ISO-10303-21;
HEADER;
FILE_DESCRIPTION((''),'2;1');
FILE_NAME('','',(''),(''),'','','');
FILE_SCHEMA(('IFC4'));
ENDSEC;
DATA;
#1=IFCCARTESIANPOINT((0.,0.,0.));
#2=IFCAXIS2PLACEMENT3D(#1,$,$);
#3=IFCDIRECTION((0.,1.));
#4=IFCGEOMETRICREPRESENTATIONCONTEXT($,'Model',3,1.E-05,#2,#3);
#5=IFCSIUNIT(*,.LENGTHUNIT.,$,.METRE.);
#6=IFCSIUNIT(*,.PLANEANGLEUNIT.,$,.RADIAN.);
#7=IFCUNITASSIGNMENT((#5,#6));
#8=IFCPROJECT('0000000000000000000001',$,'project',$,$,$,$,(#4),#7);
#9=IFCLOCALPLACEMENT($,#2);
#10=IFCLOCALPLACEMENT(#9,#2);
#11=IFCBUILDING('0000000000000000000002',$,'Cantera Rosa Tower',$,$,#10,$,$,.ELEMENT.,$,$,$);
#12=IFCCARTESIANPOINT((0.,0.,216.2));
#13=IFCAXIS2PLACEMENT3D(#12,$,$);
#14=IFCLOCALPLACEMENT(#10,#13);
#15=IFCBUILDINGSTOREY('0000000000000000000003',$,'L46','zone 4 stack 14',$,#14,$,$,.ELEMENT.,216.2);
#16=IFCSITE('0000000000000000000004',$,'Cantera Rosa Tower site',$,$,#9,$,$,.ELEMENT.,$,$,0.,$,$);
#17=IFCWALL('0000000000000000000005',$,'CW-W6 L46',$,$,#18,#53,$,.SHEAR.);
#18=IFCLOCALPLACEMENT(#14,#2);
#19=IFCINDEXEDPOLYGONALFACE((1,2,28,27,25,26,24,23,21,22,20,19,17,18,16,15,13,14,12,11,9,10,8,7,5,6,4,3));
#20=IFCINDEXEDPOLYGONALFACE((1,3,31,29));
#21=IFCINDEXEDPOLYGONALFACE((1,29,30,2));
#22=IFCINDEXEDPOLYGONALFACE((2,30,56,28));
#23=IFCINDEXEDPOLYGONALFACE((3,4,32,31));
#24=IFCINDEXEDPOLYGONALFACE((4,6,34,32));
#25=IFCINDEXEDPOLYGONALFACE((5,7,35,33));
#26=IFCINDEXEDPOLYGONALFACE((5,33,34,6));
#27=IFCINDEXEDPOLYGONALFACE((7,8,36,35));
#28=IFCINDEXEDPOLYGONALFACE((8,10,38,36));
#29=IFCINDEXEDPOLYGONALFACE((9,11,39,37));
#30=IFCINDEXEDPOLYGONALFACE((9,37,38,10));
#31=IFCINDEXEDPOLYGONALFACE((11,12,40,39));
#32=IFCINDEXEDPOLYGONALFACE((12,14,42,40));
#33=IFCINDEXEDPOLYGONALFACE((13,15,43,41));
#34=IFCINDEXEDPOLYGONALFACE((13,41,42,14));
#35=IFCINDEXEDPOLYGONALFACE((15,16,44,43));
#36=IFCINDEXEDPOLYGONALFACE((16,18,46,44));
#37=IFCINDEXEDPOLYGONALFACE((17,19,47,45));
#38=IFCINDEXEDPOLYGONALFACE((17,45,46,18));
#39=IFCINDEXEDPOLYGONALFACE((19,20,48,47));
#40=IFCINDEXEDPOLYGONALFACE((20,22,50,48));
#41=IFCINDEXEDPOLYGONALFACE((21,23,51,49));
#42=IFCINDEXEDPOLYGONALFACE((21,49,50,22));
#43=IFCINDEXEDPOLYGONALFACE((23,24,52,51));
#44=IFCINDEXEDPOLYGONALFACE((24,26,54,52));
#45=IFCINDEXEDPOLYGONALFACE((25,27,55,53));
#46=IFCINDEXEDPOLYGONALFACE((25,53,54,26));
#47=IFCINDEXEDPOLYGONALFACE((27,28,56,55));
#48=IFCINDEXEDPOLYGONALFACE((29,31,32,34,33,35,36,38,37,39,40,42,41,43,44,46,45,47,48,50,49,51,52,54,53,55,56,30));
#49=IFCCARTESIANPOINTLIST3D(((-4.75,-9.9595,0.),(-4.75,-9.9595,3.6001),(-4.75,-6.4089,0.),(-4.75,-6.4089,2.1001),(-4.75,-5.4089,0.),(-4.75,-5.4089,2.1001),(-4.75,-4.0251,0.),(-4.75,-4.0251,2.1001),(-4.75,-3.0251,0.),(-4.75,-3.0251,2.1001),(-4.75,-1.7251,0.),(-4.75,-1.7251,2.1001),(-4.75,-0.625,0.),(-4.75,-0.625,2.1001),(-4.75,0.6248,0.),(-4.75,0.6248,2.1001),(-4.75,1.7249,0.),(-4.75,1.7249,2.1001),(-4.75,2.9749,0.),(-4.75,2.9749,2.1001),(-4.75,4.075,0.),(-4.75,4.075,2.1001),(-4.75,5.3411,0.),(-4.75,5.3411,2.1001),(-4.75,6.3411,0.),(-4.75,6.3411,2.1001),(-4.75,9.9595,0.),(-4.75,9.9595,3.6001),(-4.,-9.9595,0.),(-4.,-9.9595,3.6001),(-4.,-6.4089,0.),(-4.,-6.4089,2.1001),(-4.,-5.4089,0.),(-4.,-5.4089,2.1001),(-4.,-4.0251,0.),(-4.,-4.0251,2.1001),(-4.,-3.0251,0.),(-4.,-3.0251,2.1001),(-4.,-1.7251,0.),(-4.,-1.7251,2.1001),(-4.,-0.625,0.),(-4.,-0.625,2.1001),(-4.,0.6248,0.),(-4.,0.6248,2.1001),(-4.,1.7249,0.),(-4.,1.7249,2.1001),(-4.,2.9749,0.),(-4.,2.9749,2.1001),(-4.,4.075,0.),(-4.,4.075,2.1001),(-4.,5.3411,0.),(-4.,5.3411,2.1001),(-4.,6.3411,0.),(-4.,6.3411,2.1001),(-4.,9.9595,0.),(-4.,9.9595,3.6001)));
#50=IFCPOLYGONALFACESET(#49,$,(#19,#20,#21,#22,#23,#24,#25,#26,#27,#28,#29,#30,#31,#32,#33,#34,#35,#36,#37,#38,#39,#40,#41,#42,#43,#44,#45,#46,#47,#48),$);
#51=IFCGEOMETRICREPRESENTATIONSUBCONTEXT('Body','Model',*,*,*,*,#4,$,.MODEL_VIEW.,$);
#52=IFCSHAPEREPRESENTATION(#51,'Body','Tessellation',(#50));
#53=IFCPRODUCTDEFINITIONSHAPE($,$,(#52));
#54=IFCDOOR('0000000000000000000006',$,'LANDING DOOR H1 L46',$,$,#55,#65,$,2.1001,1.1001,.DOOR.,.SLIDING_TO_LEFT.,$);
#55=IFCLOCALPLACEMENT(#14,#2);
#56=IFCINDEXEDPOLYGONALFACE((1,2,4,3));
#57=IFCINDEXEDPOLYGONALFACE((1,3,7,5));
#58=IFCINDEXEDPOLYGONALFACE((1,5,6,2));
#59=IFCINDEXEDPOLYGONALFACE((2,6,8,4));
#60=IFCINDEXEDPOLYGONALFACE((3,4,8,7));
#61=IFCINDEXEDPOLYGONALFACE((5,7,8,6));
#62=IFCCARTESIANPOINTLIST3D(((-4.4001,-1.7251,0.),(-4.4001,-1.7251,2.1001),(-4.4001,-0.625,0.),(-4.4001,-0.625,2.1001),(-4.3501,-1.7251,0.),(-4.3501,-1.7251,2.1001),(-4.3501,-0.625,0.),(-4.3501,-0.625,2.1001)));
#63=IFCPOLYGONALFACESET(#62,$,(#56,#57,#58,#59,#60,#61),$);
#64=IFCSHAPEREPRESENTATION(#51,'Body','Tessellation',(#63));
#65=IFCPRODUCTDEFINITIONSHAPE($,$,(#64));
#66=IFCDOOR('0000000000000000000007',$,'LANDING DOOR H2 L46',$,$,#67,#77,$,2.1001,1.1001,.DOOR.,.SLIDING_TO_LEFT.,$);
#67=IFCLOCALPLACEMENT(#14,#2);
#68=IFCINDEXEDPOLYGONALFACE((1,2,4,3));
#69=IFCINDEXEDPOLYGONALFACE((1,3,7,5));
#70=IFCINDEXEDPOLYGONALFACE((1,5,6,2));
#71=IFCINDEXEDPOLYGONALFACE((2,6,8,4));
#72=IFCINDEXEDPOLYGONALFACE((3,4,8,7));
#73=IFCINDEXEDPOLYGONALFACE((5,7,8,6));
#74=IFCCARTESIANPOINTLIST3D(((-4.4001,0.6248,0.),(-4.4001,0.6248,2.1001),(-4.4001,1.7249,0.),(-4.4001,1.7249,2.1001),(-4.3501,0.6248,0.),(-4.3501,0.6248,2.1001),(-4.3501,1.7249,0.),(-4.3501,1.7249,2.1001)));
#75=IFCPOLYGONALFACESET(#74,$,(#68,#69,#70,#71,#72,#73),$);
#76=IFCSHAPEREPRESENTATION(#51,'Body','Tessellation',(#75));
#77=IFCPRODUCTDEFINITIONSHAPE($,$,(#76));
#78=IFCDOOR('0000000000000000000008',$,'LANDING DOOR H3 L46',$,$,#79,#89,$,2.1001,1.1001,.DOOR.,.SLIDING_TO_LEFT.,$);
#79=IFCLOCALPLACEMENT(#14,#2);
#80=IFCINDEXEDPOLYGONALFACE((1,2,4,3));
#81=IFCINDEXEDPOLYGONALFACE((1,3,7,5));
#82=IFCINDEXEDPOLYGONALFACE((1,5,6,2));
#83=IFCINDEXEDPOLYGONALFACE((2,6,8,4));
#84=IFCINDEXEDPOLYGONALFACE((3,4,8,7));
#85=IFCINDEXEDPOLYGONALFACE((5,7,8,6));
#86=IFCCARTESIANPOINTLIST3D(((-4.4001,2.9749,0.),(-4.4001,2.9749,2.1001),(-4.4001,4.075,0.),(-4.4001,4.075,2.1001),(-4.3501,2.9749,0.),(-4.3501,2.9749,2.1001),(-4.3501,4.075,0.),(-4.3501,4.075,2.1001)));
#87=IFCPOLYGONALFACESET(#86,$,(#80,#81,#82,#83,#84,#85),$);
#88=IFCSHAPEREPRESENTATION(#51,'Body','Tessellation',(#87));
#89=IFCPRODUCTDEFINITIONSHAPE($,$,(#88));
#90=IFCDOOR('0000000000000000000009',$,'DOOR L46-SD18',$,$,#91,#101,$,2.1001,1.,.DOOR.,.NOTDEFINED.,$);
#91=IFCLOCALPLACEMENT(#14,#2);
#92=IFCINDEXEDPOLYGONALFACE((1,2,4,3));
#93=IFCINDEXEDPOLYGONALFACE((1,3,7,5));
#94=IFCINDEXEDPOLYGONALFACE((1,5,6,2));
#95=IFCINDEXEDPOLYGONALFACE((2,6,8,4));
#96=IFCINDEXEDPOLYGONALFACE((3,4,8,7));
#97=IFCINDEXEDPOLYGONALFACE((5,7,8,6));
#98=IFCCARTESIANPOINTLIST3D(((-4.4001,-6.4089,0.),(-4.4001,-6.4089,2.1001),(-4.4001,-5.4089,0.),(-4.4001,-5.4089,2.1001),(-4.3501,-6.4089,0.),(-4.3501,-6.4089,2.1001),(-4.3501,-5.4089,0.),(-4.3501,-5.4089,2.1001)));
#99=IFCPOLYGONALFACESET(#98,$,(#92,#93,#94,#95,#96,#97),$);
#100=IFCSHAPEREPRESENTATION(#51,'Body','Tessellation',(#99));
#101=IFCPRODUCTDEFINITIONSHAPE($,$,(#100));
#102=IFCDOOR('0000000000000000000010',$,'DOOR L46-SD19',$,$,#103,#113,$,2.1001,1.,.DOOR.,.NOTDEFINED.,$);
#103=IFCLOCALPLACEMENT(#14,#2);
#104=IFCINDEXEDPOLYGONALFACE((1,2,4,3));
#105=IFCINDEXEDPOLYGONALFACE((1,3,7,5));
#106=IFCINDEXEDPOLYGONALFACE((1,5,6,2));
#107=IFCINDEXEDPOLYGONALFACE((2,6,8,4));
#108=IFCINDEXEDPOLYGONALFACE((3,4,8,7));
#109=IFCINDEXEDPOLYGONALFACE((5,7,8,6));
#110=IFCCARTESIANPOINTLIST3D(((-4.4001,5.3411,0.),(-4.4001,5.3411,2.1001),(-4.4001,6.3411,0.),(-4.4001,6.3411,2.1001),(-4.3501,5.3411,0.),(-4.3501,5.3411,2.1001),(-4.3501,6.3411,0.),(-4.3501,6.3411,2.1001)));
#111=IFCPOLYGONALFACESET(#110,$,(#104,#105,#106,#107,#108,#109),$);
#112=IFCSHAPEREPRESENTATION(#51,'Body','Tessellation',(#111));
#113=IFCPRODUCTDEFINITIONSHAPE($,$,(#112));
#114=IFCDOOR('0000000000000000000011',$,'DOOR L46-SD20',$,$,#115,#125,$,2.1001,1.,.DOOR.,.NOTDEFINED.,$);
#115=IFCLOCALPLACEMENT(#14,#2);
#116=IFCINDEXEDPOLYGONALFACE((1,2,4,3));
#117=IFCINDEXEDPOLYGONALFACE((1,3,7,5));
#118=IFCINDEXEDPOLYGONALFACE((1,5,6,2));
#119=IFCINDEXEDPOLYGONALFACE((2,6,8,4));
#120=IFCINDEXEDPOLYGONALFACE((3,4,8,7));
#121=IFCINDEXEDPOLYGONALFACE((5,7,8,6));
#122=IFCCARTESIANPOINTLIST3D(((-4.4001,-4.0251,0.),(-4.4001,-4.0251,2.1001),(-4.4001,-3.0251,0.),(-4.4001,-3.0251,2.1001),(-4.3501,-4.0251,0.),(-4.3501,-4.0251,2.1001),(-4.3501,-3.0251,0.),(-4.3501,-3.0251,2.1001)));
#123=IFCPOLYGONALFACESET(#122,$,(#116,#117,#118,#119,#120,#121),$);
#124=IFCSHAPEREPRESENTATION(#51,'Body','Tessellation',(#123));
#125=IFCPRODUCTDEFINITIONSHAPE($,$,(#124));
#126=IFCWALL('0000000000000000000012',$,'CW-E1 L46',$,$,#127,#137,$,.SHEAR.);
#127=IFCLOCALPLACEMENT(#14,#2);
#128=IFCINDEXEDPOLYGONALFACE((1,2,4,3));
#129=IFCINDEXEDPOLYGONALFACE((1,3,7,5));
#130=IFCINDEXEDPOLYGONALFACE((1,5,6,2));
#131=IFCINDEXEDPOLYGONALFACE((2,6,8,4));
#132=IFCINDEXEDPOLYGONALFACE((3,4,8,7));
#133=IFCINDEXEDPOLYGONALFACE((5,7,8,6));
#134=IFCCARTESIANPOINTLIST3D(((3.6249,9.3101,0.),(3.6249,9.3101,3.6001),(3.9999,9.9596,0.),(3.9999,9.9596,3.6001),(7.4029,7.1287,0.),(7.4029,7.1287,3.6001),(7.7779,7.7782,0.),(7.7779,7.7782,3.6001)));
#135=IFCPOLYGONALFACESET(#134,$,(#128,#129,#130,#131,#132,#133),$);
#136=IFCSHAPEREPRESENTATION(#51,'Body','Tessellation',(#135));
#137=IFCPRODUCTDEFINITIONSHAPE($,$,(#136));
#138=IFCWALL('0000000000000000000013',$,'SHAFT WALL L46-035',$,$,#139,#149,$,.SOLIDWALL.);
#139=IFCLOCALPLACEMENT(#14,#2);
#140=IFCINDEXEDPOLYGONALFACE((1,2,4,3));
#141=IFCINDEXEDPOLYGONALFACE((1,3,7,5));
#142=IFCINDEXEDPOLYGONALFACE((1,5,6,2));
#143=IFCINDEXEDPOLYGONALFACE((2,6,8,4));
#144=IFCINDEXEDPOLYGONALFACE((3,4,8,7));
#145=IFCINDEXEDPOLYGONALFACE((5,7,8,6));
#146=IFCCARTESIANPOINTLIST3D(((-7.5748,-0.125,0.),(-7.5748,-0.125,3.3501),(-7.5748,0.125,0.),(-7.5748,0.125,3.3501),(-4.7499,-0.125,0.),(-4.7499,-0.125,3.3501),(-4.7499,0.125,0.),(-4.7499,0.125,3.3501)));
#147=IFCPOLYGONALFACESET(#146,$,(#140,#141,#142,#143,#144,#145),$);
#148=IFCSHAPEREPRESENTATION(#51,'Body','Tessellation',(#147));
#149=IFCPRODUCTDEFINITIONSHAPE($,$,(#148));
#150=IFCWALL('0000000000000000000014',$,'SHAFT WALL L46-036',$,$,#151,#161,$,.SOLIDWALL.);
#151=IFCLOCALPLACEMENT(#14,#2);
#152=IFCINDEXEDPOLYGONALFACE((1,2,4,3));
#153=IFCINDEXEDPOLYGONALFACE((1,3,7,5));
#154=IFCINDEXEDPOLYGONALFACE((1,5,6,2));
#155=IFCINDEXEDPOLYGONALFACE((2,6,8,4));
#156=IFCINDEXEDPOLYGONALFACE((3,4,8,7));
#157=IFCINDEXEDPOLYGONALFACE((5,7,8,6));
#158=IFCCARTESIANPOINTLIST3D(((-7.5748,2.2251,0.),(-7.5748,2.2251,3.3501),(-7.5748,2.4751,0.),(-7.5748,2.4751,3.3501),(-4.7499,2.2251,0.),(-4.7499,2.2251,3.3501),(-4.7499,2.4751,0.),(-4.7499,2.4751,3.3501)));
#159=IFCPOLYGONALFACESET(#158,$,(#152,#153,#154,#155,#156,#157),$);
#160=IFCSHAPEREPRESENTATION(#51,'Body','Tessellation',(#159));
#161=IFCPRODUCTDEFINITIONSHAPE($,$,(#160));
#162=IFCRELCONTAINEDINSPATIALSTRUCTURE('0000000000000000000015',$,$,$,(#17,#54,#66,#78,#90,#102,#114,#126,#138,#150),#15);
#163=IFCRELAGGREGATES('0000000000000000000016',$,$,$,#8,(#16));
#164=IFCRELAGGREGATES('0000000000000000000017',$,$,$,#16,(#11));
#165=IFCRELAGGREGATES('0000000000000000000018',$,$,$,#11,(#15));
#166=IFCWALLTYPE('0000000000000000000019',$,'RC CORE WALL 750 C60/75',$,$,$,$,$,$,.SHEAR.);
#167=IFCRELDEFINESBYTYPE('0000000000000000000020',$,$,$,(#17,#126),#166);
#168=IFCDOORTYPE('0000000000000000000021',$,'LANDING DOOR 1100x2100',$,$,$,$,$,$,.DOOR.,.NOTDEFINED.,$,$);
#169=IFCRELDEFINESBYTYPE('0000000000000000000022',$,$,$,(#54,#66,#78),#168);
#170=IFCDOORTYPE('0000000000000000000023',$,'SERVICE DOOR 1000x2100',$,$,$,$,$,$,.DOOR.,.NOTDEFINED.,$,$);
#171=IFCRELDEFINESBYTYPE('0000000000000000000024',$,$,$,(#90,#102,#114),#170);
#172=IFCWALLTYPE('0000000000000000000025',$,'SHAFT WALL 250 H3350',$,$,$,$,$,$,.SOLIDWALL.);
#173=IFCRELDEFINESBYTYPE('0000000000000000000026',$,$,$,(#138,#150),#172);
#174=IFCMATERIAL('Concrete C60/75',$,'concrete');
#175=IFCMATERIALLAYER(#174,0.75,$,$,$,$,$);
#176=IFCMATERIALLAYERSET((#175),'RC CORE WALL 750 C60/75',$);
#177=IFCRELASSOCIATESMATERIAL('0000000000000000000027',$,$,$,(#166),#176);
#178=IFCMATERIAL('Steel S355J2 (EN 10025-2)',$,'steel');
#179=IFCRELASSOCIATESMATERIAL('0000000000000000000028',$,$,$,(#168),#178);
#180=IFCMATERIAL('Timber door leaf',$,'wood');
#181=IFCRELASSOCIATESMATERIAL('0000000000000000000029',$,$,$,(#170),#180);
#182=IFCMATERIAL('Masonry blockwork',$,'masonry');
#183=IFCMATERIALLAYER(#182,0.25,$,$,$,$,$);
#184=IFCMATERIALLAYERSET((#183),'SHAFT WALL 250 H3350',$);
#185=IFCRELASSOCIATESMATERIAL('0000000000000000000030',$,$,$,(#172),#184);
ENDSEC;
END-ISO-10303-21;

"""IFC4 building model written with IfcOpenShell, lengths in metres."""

from ifc_helpers import new_model, si_unit, direction, frame, frame_2d, origin, place, context, subcontext, project, spatial, rectangle, extrude, material, layer, layer_set, type_object, element, fill, save


model = new_model("IFC4")

# Units and contexts
model_context = context("Model", 3, precision=1e-05, world=origin(), true_north=direction((0.0, 1.0)))
body_context = subcontext(model_context, "Body", "Model", "MODEL_VIEW")
ifc_project = project(units=[si_unit("LENGTHUNIT", "METRE"), si_unit("PLANEANGLEUNIT", "RADIAN")], contexts=[model_context])

# Site, building, storey
site_placement = place(None, origin())
site = spatial("IfcSite", under=ifc_project, at=site_placement, Name="Cantera Rosa Tower site", CompositionType="ELEMENT", RefElevation=0.0)
building_placement = place(site_placement, origin())
building = spatial("IfcBuilding", under=site, at=building_placement, Name="Cantera Rosa Tower", CompositionType="ELEMENT")
storey_placement = place(building_placement, frame((0.0, 0.0, 216.2)))
storey = spatial("IfcBuildingStorey", under=building, at=storey_placement, Name="L46", Description="zone 4 stack 14", CompositionType="ELEMENT", Elevation=216.2)

# Shared definitions
ifc_material_1 = material(Name="Concrete C60/75", Category="concrete")
ifc_layer_1 = layer(ifc_material_1, 0.75)
ifc_layer_set_1 = layer_set([ifc_layer_1], Name="RC CORE WALL 750 C60/75")
wall_type_1 = type_object("IfcWallType", Name="RC CORE WALL 750 C60/75", PredefinedType="SHEAR", material=ifc_layer_set_1)

# Wall, openings, doors
wall_1_placement = place(storey_placement, frame((-4.375, 9.9595, 0.0), z_axis=(0.0, 0.0, 1.0), x_axis=(0.0, -1.0, 0.0)))
wall_1 = element("IfcWall", 1, at=wall_1_placement, inside=storey, type_object=wall_type_1, Name="CW-W6 L46", PredefinedType="SHEAR", context=body_context, shape_type="SweptSolid", body=[
    extrude(rectangle(XDim=19.9189, YDim=0.75, at=frame_2d((9.9595, 0.0))), origin(), (0.0, 0.0, 1.0), 3.6001),
])
opening_1_placement = place(wall_1_placement, frame((10.5845, 0.0, 0.0)))
opening_1 = element("IfcOpeningElement", 2, at=opening_1_placement, cuts=wall_1, PredefinedType="OPENING", context=body_context, shape_type="SweptSolid", body=[
    extrude(rectangle(XDim=1.1001, YDim=2.1001, at=frame_2d((0.55, 1.05))), frame((0.0, 0.385, 0.0), z_axis=(0.0, -1.0, 0.0), x_axis=(1.0, 0.0, 0.0)), (0.0, 0.0, 1.0), 0.77),
])
opening_2_placement = place(wall_1_placement, frame((8.2346, 0.0, 0.0)))
opening_2 = element("IfcOpeningElement", 3, at=opening_2_placement, cuts=wall_1, PredefinedType="OPENING", context=body_context, shape_type="SweptSolid", body=[
    extrude(rectangle(XDim=1.1001, YDim=2.1001, at=frame_2d((0.55, 1.05))), frame((0.0, 0.385, 0.0), z_axis=(0.0, -1.0, 0.0), x_axis=(1.0, 0.0, 0.0)), (0.0, 0.0, 1.0), 0.77),
])
opening_3_placement = place(wall_1_placement, frame((5.8845, 0.0, 0.0)))
opening_3 = element("IfcOpeningElement", 4, at=opening_3_placement, cuts=wall_1, PredefinedType="OPENING", context=body_context, shape_type="SweptSolid", body=[
    extrude(rectangle(XDim=1.1001, YDim=2.1001, at=frame_2d((0.55, 1.05))), frame((0.0, 0.385, 0.0), z_axis=(0.0, -1.0, 0.0), x_axis=(1.0, 0.0, 0.0)), (0.0, 0.0, 1.0), 0.77),
])
opening_4_placement = place(wall_1_placement, frame((15.3684, 0.0, 0.0)))
opening_4 = element("IfcOpeningElement", 5, at=opening_4_placement, cuts=wall_1, PredefinedType="OPENING", context=body_context, shape_type="SweptSolid", body=[
    extrude(rectangle(XDim=1.0, YDim=2.1001, at=frame_2d((0.5, 1.05))), frame((0.0, 0.385, 0.0), z_axis=(0.0, -1.0, 0.0), x_axis=(1.0, 0.0, 0.0)), (0.0, 0.0, 1.0), 0.77),
])
opening_5_placement = place(wall_1_placement, frame((3.6184, 0.0, 0.0)))
opening_5 = element("IfcOpeningElement", 6, at=opening_5_placement, cuts=wall_1, PredefinedType="OPENING", context=body_context, shape_type="SweptSolid", body=[
    extrude(rectangle(XDim=1.0, YDim=2.1001, at=frame_2d((0.5, 1.05))), frame((0.0, 0.385, 0.0), z_axis=(0.0, -1.0, 0.0), x_axis=(1.0, 0.0, 0.0)), (0.0, 0.0, 1.0), 0.77),
])
opening_6_placement = place(wall_1_placement, frame((12.9846, 0.0, 0.0)))
opening_6 = element("IfcOpeningElement", 7, at=opening_6_placement, cuts=wall_1, PredefinedType="OPENING", context=body_context, shape_type="SweptSolid", body=[
    extrude(rectangle(XDim=1.0, YDim=2.1001, at=frame_2d((0.5, 1.05))), frame((0.0, 0.385, 0.0), z_axis=(0.0, -1.0, 0.0), x_axis=(1.0, 0.0, 0.0)), (0.0, 0.0, 1.0), 0.77),
])
ifc_material_2 = material(Name="Steel S355J2 (EN 10025-2)", Category="steel")
door_type_1 = type_object("IfcDoorType", Name="LANDING DOOR 1100x2100", OperationType="NOTDEFINED", PredefinedType="DOOR", material=ifc_material_2)
door_1_placement = place(opening_1_placement, origin())
door_1 = element("IfcDoor", 8, at=door_1_placement, inside=storey, type_object=door_type_1, Name="LANDING DOOR H1 L46", OperationType="SLIDING_TO_LEFT", OverallHeight=2.1001, OverallWidth=1.1001, PredefinedType="DOOR", context=body_context, shape_type="SweptSolid", body=[
    extrude(rectangle(XDim=1.1001, YDim=2.1001, at=frame_2d((0.55, 1.05))), frame((0.0, 0.0249, 0.0), z_axis=(0.0, -1.0, 0.0), x_axis=(1.0, 0.0, 0.0)), (0.0, 0.0, 1.0), 0.05),
])
fill(opening_1, door_1)
door_2_placement = place(opening_2_placement, origin())
door_2 = element("IfcDoor", 9, at=door_2_placement, inside=storey, type_object=door_type_1, Name="LANDING DOOR H2 L46", OperationType="SLIDING_TO_LEFT", OverallHeight=2.1001, OverallWidth=1.1001, PredefinedType="DOOR", context=body_context, shape_type="SweptSolid", body=[
    extrude(rectangle(XDim=1.1001, YDim=2.1001, at=frame_2d((0.55, 1.05))), frame((0.0, 0.0249, 0.0), z_axis=(0.0, -1.0, 0.0), x_axis=(1.0, 0.0, 0.0)), (0.0, 0.0, 1.0), 0.05),
])
fill(opening_2, door_2)
door_3_placement = place(opening_3_placement, origin())
door_3 = element("IfcDoor", 10, at=door_3_placement, inside=storey, type_object=door_type_1, Name="LANDING DOOR H3 L46", OperationType="SLIDING_TO_LEFT", OverallHeight=2.1001, OverallWidth=1.1001, PredefinedType="DOOR", context=body_context, shape_type="SweptSolid", body=[
    extrude(rectangle(XDim=1.1001, YDim=2.1001, at=frame_2d((0.55, 1.05))), frame((0.0, 0.0249, 0.0), z_axis=(0.0, -1.0, 0.0), x_axis=(1.0, 0.0, 0.0)), (0.0, 0.0, 1.0), 0.05),
])
fill(opening_3, door_3)
ifc_material_3 = material(Name="Timber door leaf", Category="wood")
door_type_2 = type_object("IfcDoorType", Name="SERVICE DOOR 1000x2100", OperationType="NOTDEFINED", PredefinedType="DOOR", material=ifc_material_3)
door_4_placement = place(opening_4_placement, origin())
door_4 = element("IfcDoor", 11, at=door_4_placement, inside=storey, type_object=door_type_2, Name="DOOR L46-SD18", OperationType="NOTDEFINED", OverallHeight=2.1001, OverallWidth=1.0, PredefinedType="DOOR", context=body_context, shape_type="SweptSolid", body=[
    extrude(rectangle(XDim=1.0, YDim=2.1001, at=frame_2d((0.5, 1.05))), frame((0.0, 0.0249, 0.0), z_axis=(0.0, -1.0, 0.0), x_axis=(1.0, 0.0, 0.0)), (0.0, 0.0, 1.0), 0.05),
])
fill(opening_4, door_4)
door_5_placement = place(opening_5_placement, origin())
door_5 = element("IfcDoor", 12, at=door_5_placement, inside=storey, type_object=door_type_2, Name="DOOR L46-SD19", OperationType="NOTDEFINED", OverallHeight=2.1001, OverallWidth=1.0, PredefinedType="DOOR", context=body_context, shape_type="SweptSolid", body=[
    extrude(rectangle(XDim=1.0, YDim=2.1001, at=frame_2d((0.5, 1.05))), frame((0.0, 0.0249, 0.0), z_axis=(0.0, -1.0, 0.0), x_axis=(1.0, 0.0, 0.0)), (0.0, 0.0, 1.0), 0.05),
])
fill(opening_5, door_5)
door_6_placement = place(opening_6_placement, origin())
door_6 = element("IfcDoor", 13, at=door_6_placement, inside=storey, type_object=door_type_2, Name="DOOR L46-SD20", OperationType="NOTDEFINED", OverallHeight=2.1001, OverallWidth=1.0, PredefinedType="DOOR", context=body_context, shape_type="SweptSolid", body=[
    extrude(rectangle(XDim=1.0, YDim=2.1001, at=frame_2d((0.5, 1.05))), frame((0.0, 0.0249, 0.0), z_axis=(0.0, -1.0, 0.0), x_axis=(1.0, 0.0, 0.0)), (0.0, 0.0, 1.0), 0.05),
])
fill(opening_6, door_6)

# Walls
wall_2_placement = place(storey_placement, frame((3.8125, 9.6348, 0.0), z_axis=(0.0, 0.0, 1.0), x_axis=(0.866013, -0.500021, 0.0)))
element("IfcWall", 14, at=wall_2_placement, inside=storey, type_object=wall_type_1, Name="CW-E1 L46", PredefinedType="SHEAR", context=body_context, shape_type="SweptSolid", body=[
    extrude(rectangle(XDim=4.3625, YDim=0.75, at=frame_2d((2.1812, 0.0))), origin(), (0.0, 0.0, 1.0), 3.6001),
])
ifc_material_4 = material(Name="Masonry blockwork", Category="masonry")
ifc_layer_2 = layer(ifc_material_4, 0.25)
ifc_layer_set_2 = layer_set([ifc_layer_2], Name="SHAFT WALL 250 H3350")
wall_type_2 = type_object("IfcWallType", Name="SHAFT WALL 250 H3350", PredefinedType="SOLIDWALL", material=ifc_layer_set_2)
for number, where, z_axis, x_axis, name in (
    (15, (-7.575, 0.0, 0.0), (0.0, 0.0, 1.0), (1.0, 0.0, 0.0), "SHAFT WALL L46-035"),
    (16, (-7.575, 2.3501, 0.0), (0.0, 0.0, 1.0), (1.0, 0.0, 0.0), "SHAFT WALL L46-036"),
):
    element("IfcWall", number, at=place(storey_placement, frame(where, z_axis=z_axis, x_axis=x_axis)), inside=storey, type_object=wall_type_2, Name=name, PredefinedType="SOLIDWALL", context=body_context, shape_type="SweptSolid", body=[
        extrude(rectangle(XDim=2.825, YDim=0.25, at=frame_2d((1.4126, 0.0))), origin(), (0.0, 0.0, 1.0), 3.3501),
    ])

save(model, "model.ifc")
